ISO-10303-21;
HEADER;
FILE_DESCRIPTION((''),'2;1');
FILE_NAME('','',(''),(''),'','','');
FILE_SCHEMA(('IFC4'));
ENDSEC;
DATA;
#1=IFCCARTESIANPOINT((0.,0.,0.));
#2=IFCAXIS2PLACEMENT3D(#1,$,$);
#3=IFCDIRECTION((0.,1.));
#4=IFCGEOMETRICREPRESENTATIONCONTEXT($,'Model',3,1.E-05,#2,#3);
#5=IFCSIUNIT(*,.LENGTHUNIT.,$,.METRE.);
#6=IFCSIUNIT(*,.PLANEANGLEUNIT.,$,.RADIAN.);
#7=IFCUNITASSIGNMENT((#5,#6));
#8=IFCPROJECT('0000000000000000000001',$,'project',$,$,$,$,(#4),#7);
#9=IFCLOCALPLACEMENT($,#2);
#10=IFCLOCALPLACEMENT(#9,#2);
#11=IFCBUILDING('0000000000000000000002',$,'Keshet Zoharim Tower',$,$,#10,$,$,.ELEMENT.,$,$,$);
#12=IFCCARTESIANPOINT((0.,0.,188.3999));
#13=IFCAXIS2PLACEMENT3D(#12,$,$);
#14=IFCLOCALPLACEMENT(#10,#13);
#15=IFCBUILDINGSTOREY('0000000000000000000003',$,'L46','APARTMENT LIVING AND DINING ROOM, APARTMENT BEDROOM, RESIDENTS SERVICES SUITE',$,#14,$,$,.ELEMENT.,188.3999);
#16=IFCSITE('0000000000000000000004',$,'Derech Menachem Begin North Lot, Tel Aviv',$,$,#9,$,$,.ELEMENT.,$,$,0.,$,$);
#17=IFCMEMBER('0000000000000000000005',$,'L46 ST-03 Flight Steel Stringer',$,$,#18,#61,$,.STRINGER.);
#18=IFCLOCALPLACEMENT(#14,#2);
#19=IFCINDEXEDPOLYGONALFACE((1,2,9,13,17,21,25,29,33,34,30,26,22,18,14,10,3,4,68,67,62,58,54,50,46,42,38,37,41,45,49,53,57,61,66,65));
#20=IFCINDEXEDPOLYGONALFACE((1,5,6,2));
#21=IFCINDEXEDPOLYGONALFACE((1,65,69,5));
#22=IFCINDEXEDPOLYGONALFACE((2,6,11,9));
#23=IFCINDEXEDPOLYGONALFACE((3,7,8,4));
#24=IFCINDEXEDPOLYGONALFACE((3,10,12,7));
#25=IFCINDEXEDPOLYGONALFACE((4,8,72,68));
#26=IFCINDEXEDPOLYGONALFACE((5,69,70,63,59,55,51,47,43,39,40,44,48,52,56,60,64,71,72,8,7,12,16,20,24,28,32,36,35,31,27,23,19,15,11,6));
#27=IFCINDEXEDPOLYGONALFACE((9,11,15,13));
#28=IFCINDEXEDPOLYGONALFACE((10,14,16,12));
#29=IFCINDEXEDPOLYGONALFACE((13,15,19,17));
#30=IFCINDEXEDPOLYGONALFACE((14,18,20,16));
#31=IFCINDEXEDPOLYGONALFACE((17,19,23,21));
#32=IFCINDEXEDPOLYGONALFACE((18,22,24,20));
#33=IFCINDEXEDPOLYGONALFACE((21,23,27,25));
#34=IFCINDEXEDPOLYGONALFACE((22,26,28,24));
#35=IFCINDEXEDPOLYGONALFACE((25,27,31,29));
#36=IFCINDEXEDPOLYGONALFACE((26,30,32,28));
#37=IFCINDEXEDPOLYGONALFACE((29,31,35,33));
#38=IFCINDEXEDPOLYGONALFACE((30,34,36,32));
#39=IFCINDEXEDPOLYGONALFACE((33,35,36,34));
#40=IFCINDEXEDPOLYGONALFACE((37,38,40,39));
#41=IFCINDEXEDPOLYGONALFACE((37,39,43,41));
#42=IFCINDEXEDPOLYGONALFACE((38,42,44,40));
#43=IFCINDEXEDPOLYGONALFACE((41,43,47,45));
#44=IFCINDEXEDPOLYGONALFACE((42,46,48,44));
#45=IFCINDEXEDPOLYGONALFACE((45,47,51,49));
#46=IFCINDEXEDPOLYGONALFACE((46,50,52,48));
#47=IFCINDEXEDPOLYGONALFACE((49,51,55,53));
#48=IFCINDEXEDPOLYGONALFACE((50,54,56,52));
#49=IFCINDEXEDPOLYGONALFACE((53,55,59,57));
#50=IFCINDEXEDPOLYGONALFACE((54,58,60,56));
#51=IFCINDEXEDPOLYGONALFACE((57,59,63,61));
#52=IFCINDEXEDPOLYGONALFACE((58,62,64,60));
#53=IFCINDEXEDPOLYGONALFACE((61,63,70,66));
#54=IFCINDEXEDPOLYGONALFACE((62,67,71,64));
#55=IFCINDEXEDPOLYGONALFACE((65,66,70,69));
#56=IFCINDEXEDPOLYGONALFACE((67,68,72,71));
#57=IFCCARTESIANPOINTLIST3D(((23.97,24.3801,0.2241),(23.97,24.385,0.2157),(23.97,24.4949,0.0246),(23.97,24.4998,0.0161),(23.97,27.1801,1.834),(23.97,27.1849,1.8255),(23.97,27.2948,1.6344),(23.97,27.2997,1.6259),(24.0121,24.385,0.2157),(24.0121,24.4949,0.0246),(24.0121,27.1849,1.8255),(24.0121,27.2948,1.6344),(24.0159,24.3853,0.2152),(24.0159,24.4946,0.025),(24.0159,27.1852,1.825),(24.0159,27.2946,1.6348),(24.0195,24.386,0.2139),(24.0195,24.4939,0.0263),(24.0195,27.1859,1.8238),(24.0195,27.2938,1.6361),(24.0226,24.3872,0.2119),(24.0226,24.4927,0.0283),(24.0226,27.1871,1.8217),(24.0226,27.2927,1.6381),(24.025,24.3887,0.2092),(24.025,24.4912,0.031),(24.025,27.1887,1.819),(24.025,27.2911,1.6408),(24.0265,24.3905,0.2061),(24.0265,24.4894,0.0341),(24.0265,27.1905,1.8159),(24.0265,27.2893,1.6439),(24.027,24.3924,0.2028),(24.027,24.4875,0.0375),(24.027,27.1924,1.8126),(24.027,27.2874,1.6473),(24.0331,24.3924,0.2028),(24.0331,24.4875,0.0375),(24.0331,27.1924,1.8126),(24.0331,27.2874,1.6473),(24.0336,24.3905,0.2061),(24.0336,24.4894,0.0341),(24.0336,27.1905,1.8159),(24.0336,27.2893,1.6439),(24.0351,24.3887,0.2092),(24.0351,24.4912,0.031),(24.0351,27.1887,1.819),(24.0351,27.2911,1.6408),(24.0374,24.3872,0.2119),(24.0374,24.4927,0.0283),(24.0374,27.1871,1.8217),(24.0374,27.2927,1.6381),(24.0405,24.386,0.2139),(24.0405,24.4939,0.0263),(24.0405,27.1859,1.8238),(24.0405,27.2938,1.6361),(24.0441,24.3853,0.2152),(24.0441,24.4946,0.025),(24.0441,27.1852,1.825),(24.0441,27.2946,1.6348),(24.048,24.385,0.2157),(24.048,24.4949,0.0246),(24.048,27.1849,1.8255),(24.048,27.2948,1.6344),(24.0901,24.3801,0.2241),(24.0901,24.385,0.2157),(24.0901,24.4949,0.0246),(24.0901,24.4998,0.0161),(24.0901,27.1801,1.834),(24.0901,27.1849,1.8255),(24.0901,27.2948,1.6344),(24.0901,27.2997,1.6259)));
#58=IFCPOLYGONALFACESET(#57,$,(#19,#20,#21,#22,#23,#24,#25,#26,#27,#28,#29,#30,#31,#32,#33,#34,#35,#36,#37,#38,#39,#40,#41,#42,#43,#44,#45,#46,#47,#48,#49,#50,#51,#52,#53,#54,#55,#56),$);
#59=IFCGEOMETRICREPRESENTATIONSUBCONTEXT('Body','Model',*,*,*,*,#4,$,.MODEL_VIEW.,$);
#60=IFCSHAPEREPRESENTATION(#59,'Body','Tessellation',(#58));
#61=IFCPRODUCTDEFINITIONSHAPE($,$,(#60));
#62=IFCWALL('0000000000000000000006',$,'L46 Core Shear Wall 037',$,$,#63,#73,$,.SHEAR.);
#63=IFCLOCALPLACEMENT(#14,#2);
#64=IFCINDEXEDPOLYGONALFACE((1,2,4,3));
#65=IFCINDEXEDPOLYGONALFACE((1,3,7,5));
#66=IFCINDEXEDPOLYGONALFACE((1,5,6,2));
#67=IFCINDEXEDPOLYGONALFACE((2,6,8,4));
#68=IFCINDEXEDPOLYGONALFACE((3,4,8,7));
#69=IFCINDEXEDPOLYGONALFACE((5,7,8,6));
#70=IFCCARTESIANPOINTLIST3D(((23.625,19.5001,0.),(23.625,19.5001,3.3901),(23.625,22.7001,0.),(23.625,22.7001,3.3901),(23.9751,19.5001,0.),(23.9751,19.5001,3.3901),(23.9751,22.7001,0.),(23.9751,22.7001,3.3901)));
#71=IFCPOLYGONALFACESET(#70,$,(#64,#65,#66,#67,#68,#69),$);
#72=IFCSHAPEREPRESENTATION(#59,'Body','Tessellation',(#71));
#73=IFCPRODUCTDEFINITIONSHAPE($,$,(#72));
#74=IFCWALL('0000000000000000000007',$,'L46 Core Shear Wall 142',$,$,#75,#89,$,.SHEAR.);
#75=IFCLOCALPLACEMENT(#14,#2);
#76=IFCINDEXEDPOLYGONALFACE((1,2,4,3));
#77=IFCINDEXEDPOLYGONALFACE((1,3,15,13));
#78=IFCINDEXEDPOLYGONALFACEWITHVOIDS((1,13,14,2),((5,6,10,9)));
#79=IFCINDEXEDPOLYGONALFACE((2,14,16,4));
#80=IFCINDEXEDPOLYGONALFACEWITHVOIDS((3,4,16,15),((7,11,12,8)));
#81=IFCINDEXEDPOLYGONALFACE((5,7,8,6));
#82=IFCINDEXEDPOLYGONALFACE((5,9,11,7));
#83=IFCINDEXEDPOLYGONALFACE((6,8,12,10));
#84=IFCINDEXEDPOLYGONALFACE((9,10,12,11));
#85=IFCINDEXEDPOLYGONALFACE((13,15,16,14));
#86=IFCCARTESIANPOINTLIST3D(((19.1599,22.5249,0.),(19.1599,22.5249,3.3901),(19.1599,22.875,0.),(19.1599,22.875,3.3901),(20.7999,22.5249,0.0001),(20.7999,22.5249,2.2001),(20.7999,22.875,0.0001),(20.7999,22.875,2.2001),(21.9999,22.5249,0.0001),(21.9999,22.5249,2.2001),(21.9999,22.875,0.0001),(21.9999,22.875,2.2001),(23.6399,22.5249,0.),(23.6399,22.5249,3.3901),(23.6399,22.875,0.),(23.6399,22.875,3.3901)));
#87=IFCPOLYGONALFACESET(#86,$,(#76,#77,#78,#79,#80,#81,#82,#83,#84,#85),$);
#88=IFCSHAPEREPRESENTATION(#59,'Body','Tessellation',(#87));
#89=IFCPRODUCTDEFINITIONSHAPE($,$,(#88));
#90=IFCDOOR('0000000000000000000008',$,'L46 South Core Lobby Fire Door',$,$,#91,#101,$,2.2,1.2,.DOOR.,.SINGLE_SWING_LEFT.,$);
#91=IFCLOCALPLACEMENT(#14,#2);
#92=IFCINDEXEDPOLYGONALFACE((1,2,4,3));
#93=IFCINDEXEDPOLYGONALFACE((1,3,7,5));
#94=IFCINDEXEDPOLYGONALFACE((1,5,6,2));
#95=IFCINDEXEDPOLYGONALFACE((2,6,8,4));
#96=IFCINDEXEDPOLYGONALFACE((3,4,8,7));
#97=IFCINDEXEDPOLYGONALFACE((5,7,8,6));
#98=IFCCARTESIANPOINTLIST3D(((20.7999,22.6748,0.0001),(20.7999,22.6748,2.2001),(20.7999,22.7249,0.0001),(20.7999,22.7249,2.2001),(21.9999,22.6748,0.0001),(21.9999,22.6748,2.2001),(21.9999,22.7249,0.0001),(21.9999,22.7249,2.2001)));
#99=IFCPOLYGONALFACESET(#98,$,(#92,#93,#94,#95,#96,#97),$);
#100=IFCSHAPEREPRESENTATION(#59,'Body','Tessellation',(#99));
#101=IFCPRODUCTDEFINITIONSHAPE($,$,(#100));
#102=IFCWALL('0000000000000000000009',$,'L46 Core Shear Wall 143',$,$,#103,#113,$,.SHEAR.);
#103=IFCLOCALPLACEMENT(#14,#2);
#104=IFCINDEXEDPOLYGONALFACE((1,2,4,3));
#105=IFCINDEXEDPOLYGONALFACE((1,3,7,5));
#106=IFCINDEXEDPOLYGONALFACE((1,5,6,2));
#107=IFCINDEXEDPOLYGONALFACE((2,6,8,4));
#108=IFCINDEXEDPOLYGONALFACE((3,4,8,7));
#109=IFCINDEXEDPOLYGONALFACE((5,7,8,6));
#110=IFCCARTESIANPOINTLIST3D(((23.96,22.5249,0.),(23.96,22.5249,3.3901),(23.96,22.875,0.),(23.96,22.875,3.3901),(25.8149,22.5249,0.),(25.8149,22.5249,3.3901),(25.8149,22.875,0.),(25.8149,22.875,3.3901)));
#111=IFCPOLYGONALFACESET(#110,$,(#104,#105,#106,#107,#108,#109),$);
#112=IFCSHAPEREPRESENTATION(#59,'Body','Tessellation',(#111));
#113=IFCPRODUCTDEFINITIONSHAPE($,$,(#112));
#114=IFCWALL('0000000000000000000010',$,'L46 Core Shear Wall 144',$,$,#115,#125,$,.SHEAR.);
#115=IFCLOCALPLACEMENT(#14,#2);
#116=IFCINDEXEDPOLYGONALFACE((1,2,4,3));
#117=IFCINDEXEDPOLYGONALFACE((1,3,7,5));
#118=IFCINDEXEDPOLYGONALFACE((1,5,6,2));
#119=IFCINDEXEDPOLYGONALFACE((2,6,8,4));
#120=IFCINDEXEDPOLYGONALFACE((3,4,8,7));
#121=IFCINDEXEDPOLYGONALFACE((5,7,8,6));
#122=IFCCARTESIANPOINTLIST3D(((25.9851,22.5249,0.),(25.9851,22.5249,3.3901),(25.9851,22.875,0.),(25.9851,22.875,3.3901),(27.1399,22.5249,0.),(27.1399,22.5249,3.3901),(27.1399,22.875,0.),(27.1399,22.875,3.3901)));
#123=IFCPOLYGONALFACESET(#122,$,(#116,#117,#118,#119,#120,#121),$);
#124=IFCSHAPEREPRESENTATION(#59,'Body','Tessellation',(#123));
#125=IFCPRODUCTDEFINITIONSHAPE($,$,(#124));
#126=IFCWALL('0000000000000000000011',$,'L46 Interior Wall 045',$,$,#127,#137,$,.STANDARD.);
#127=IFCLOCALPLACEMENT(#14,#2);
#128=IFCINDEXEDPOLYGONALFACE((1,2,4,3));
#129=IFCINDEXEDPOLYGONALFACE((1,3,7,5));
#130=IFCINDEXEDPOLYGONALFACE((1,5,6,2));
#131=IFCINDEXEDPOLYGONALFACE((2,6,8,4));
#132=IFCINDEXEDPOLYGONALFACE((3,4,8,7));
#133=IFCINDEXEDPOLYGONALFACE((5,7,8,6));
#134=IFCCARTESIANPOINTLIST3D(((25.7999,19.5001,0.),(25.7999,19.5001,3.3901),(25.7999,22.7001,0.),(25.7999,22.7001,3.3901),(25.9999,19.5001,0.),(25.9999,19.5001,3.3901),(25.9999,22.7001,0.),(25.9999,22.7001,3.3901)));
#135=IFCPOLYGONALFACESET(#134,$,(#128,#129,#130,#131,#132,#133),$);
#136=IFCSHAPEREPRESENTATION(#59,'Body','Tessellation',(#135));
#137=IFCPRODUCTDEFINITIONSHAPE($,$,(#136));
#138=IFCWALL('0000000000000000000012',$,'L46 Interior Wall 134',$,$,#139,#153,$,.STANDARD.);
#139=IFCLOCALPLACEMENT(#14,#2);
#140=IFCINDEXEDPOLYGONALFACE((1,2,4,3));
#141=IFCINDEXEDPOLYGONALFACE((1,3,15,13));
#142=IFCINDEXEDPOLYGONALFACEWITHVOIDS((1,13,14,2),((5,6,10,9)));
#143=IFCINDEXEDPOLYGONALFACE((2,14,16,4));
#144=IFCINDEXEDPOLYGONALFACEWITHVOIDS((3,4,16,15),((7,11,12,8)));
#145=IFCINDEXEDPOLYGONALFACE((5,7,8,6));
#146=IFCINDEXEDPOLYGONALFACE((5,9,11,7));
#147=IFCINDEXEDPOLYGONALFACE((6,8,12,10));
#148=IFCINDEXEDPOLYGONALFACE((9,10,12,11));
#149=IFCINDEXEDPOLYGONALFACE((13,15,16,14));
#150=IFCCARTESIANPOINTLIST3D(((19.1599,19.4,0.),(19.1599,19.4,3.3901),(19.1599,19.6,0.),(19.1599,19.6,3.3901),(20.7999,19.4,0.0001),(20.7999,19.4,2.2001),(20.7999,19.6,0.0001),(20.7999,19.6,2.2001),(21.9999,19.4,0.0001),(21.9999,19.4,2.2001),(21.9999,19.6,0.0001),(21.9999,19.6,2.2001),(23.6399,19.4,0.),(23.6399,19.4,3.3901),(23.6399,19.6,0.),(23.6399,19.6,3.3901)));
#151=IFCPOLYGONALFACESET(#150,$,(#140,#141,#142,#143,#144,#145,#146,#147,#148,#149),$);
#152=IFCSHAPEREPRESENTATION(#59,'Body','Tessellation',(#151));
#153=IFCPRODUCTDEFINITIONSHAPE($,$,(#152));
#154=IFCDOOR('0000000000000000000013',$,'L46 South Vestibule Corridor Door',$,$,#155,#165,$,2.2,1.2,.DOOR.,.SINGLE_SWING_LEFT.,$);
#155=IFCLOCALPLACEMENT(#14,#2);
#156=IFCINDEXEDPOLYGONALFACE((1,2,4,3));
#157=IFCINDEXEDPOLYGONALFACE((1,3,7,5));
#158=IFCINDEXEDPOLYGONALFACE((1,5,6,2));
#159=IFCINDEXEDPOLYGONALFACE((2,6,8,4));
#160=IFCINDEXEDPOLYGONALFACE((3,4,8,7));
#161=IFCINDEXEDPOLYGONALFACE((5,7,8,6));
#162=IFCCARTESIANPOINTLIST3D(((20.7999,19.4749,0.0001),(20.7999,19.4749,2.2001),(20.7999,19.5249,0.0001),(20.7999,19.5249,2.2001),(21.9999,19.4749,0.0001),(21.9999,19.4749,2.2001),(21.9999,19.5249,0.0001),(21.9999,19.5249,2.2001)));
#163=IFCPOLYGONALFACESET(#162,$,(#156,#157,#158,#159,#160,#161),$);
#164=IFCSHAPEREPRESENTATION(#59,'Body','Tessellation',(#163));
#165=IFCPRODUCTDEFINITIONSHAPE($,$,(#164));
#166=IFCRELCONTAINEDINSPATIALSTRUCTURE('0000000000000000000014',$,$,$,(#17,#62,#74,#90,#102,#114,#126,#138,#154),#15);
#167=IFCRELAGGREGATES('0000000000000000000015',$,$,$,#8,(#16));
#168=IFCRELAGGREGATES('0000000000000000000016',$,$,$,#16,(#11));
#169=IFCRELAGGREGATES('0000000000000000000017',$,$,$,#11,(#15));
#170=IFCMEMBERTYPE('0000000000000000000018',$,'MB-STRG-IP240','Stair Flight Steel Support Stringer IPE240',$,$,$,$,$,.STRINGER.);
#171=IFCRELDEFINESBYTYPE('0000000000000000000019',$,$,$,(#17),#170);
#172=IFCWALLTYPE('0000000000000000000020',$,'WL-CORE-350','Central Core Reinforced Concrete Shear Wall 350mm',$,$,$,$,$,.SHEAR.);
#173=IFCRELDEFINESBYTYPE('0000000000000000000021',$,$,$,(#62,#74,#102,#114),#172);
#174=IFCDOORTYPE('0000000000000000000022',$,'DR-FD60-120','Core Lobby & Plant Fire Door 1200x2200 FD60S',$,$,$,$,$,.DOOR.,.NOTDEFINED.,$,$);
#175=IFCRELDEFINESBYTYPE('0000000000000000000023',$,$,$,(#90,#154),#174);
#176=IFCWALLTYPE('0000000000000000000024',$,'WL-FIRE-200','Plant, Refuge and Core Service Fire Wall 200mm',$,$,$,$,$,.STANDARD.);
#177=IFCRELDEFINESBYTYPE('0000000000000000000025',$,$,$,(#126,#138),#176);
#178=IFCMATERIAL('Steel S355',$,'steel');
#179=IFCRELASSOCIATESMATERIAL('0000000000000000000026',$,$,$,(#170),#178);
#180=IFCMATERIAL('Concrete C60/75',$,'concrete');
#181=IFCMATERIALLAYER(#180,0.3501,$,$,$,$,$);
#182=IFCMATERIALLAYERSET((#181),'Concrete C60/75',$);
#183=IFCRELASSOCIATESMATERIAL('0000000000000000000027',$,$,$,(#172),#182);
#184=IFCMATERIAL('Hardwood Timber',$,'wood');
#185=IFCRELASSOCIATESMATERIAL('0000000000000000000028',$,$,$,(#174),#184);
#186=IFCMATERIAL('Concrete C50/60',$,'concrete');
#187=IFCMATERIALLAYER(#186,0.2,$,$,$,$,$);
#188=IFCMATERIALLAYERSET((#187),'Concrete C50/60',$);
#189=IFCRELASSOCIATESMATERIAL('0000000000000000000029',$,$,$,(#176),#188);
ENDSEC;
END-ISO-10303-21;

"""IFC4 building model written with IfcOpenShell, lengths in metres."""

from ifc_helpers import new_model, si_unit, direction, frame, frame_2d, origin, origin_2d, place, context, subcontext, project, spatial, rectangle, i_section, extrude, material, layer, layer_set, material_profile, profile_set, type_object, element, fill, save


model = new_model("IFC4")

# Units and contexts
model_context = context("Model", 3, precision=1e-05, world=origin(), true_north=direction((0.0, 1.0)))
body_context = subcontext(model_context, "Body", "Model", "MODEL_VIEW")
ifc_project = project(units=[si_unit("LENGTHUNIT", "METRE"), si_unit("PLANEANGLEUNIT", "RADIAN")], contexts=[model_context])

# Site, building, storey
site_placement = place(None, origin())
site = spatial("IfcSite", under=ifc_project, at=site_placement, Name="Derech Menachem Begin North Lot, Tel Aviv", CompositionType="ELEMENT", RefElevation=0.0)
building_placement = place(site_placement, origin())
building = spatial("IfcBuilding", under=site, at=building_placement, Name="Keshet Zoharim Tower", CompositionType="ELEMENT")
storey_placement = place(building_placement, frame((0.0, 0.0, 188.3999)))
storey = spatial("IfcBuildingStorey", under=building, at=storey_placement, Name="L46", Description="APARTMENT LIVING AND DINING ROOM, APARTMENT BEDROOM, RESIDENTS SERVICES SUITE", CompositionType="ELEMENT", Elevation=188.3999)

# Member
ifc_material_1 = material(Name="Steel S355", Category="steel")
ifc_material_profile = material_profile(ifc_material_1, i_section(OverallWidth=0.1201, OverallDepth=0.24, WebThickness=0.0061, FlangeThickness=0.0098, FilletRadius=0.0149, at=origin_2d()), Name="IPE240")
ifc_profile_set = profile_set([ifc_material_profile], Name="Steel S355")
member_type = type_object("IfcMemberType", Name="MB-STRG-IP240", Description="Stair Flight Steel Support Stringer IPE240", PredefinedType="STRINGER", material=ifc_profile_set)
member_placement = place(storey_placement, frame((24.03, 24.4399, 0.1201), z_axis=(0.0, 0.866928, 0.498433), x_axis=(-1.0, 0.0, 0.0)))
element("IfcMember", 1, at=member_placement, inside=storey, type_object=member_type, Name="L46 ST-03 Flight Steel Stringer", PredefinedType="STRINGER", context=body_context, shape_type="SweptSolid", body=[
    extrude(i_section(OverallWidth=0.1201, OverallDepth=0.24, WebThickness=0.0061, FlangeThickness=0.0098, FilletRadius=0.0149, at=origin_2d()), origin(), (0.0, 0.0, 1.0), 3.2297),
])

# Shared definitions
ifc_material_2 = material(Name="Concrete C60/75", Category="concrete")
ifc_layer_1 = layer(ifc_material_2, 0.3501)
ifc_layer_set_1 = layer_set([ifc_layer_1], Name="Concrete C60/75")
wall_type_1 = type_object("IfcWallType", Name="WL-CORE-350", Description="Central Core Reinforced Concrete Shear Wall 350mm", PredefinedType="SHEAR", material=ifc_layer_set_1)
ifc_material_3 = material(Name="Hardwood Timber", Category="wood")

# Wall
wall_1_placement = place(storey_placement, frame((23.8, 19.5, 0.0), z_axis=(0.0, 0.0, 1.0), x_axis=(0.0, 1.0, 0.0)))
element("IfcWall", 2, at=wall_1_placement, inside=storey, type_object=wall_type_1, Name="L46 Core Shear Wall 037", PredefinedType="SHEAR", context=body_context, shape_type="SweptSolid", body=[
    extrude(rectangle(XDim=3.2, YDim=0.3501, at=frame_2d((1.6001, 0.0))), origin(), (0.0, 0.0, 1.0), 3.3901),
])

# Wall, opening, door
wall_2_placement = place(storey_placement, frame((19.1599, 22.7, 0.0), z_axis=(0.0, 0.0, 1.0), x_axis=(1.0, 0.0, 0.0)))
wall_2 = element("IfcWall", 3, at=wall_2_placement, inside=storey, type_object=wall_type_1, Name="L46 Core Shear Wall 142", PredefinedType="SHEAR", context=body_context, shape_type="SweptSolid", body=[
    extrude(rectangle(XDim=4.48, YDim=0.3501, at=frame_2d((2.24, 0.0))), origin(), (0.0, 0.0, 1.0), 3.3901),
])
opening_1_placement = place(wall_2_placement, frame((1.6399, 0.0, 0.0)))
opening_1 = element("IfcOpeningElement", 4, at=opening_1_placement, cuts=wall_2, PredefinedType="OPENING", context=body_context, shape_type="SweptSolid", body=[
    extrude(rectangle(XDim=1.2, YDim=2.2, at=frame_2d((0.6001, 1.1001))), frame((0.0, 0.1851, 0.0), z_axis=(0.0, -1.0, 0.0), x_axis=(1.0, 0.0, 0.0)), (0.0, 0.0, 1.0), 0.3701),
])
door_type_1 = type_object("IfcDoorType", Name="DR-FD60-120", Description="Core Lobby & Plant Fire Door 1200x2200 FD60S", OperationType="NOTDEFINED", PredefinedType="DOOR", material=ifc_material_3)
door_1_placement = place(opening_1_placement, origin())
door_1 = element("IfcDoor", 5, at=door_1_placement, inside=storey, type_object=door_type_1, Name="L46 South Core Lobby Fire Door", OperationType="SINGLE_SWING_LEFT", OverallHeight=2.2, OverallWidth=1.2, PredefinedType="DOOR", context=body_context, shape_type="SweptSolid", body=[
    extrude(rectangle(XDim=1.2, YDim=2.2, at=frame_2d((0.6001, 1.1001))), frame((0.0, 0.0249, 0.0), z_axis=(0.0, -1.0, 0.0), x_axis=(1.0, 0.0, 0.0)), (0.0, 0.0, 1.0), 0.05),
])
fill(opening_1, door_1)

# Walls
wall_3_placement = place(storey_placement, frame((23.96, 22.7, 0.0), z_axis=(0.0, 0.0, 1.0), x_axis=(1.0, 0.0, 0.0)))
element("IfcWall", 6, at=wall_3_placement, inside=storey, type_object=wall_type_1, Name="L46 Core Shear Wall 143", PredefinedType="SHEAR", context=body_context, shape_type="SweptSolid", body=[
    extrude(rectangle(XDim=1.855, YDim=0.3501, at=frame_2d((0.9275, 0.0))), origin(), (0.0, 0.0, 1.0), 3.3901),
])
wall_4_placement = place(storey_placement, frame((25.9851, 22.7, 0.0), z_axis=(0.0, 0.0, 1.0), x_axis=(1.0, 0.0, 0.0)))
element("IfcWall", 7, at=wall_4_placement, inside=storey, type_object=wall_type_1, Name="L46 Core Shear Wall 144", PredefinedType="SHEAR", context=body_context, shape_type="SweptSolid", body=[
    extrude(rectangle(XDim=1.1548, YDim=0.3501, at=frame_2d((0.5774, 0.0))), origin(), (0.0, 0.0, 1.0), 3.3901),
])
ifc_material_4 = material(Name="Concrete C50/60", Category="concrete")
ifc_layer_2 = layer(ifc_material_4, 0.2)
ifc_layer_set_2 = layer_set([ifc_layer_2], Name="Concrete C50/60")
wall_type_2 = type_object("IfcWallType", Name="WL-FIRE-200", Description="Plant, Refuge and Core Service Fire Wall 200mm", PredefinedType="STANDARD", material=ifc_layer_set_2)
wall_5_placement = place(storey_placement, frame((25.8999, 19.5, 0.0), z_axis=(0.0, 0.0, 1.0), x_axis=(0.0, 1.0, 0.0)))
element("IfcWall", 8, at=wall_5_placement, inside=storey, type_object=wall_type_2, Name="L46 Interior Wall 045", PredefinedType="STANDARD", context=body_context, shape_type="SweptSolid", body=[
    extrude(rectangle(XDim=3.2, YDim=0.2, at=frame_2d((1.6001, 0.0))), origin(), (0.0, 0.0, 1.0), 3.3901),
])

# Wall, opening, door
wall_6_placement = place(storey_placement, frame((19.1599, 19.5, 0.0), z_axis=(0.0, 0.0, 1.0), x_axis=(1.0, 0.0, 0.0)))
wall_6 = element("IfcWall", 9, at=wall_6_placement, inside=storey, type_object=wall_type_2, Name="L46 Interior Wall 134", PredefinedType="STANDARD", context=body_context, shape_type="SweptSolid", body=[
    extrude(rectangle(XDim=4.48, YDim=0.2, at=frame_2d((2.24, 0.0))), origin(), (0.0, 0.0, 1.0), 3.3901),
])
opening_2_placement = place(wall_6_placement, frame((1.6399, 0.0, 0.0)))
opening_2 = element("IfcOpeningElement", 10, at=opening_2_placement, cuts=wall_6, PredefinedType="OPENING", context=body_context, shape_type="SweptSolid", body=[
    extrude(rectangle(XDim=1.2, YDim=2.2, at=frame_2d((0.6001, 1.1001))), frame((0.0, 0.1099, 0.0), z_axis=(0.0, -1.0, 0.0), x_axis=(1.0, 0.0, 0.0)), (0.0, 0.0, 1.0), 0.22),
])
door_2_placement = place(opening_2_placement, origin())
door_2 = element("IfcDoor", 11, at=door_2_placement, inside=storey, type_object=door_type_1, Name="L46 South Vestibule Corridor Door", OperationType="SINGLE_SWING_LEFT", OverallHeight=2.2, OverallWidth=1.2, PredefinedType="DOOR", context=body_context, shape_type="SweptSolid", body=[
    extrude(rectangle(XDim=1.2, YDim=2.2, at=frame_2d((0.6001, 1.1001))), frame((0.0, 0.0249, 0.0), z_axis=(0.0, -1.0, 0.0), x_axis=(1.0, 0.0, 0.0)), (0.0, 0.0, 1.0), 0.05),
])
fill(opening_2, door_2)

save(model, "model.ifc")
